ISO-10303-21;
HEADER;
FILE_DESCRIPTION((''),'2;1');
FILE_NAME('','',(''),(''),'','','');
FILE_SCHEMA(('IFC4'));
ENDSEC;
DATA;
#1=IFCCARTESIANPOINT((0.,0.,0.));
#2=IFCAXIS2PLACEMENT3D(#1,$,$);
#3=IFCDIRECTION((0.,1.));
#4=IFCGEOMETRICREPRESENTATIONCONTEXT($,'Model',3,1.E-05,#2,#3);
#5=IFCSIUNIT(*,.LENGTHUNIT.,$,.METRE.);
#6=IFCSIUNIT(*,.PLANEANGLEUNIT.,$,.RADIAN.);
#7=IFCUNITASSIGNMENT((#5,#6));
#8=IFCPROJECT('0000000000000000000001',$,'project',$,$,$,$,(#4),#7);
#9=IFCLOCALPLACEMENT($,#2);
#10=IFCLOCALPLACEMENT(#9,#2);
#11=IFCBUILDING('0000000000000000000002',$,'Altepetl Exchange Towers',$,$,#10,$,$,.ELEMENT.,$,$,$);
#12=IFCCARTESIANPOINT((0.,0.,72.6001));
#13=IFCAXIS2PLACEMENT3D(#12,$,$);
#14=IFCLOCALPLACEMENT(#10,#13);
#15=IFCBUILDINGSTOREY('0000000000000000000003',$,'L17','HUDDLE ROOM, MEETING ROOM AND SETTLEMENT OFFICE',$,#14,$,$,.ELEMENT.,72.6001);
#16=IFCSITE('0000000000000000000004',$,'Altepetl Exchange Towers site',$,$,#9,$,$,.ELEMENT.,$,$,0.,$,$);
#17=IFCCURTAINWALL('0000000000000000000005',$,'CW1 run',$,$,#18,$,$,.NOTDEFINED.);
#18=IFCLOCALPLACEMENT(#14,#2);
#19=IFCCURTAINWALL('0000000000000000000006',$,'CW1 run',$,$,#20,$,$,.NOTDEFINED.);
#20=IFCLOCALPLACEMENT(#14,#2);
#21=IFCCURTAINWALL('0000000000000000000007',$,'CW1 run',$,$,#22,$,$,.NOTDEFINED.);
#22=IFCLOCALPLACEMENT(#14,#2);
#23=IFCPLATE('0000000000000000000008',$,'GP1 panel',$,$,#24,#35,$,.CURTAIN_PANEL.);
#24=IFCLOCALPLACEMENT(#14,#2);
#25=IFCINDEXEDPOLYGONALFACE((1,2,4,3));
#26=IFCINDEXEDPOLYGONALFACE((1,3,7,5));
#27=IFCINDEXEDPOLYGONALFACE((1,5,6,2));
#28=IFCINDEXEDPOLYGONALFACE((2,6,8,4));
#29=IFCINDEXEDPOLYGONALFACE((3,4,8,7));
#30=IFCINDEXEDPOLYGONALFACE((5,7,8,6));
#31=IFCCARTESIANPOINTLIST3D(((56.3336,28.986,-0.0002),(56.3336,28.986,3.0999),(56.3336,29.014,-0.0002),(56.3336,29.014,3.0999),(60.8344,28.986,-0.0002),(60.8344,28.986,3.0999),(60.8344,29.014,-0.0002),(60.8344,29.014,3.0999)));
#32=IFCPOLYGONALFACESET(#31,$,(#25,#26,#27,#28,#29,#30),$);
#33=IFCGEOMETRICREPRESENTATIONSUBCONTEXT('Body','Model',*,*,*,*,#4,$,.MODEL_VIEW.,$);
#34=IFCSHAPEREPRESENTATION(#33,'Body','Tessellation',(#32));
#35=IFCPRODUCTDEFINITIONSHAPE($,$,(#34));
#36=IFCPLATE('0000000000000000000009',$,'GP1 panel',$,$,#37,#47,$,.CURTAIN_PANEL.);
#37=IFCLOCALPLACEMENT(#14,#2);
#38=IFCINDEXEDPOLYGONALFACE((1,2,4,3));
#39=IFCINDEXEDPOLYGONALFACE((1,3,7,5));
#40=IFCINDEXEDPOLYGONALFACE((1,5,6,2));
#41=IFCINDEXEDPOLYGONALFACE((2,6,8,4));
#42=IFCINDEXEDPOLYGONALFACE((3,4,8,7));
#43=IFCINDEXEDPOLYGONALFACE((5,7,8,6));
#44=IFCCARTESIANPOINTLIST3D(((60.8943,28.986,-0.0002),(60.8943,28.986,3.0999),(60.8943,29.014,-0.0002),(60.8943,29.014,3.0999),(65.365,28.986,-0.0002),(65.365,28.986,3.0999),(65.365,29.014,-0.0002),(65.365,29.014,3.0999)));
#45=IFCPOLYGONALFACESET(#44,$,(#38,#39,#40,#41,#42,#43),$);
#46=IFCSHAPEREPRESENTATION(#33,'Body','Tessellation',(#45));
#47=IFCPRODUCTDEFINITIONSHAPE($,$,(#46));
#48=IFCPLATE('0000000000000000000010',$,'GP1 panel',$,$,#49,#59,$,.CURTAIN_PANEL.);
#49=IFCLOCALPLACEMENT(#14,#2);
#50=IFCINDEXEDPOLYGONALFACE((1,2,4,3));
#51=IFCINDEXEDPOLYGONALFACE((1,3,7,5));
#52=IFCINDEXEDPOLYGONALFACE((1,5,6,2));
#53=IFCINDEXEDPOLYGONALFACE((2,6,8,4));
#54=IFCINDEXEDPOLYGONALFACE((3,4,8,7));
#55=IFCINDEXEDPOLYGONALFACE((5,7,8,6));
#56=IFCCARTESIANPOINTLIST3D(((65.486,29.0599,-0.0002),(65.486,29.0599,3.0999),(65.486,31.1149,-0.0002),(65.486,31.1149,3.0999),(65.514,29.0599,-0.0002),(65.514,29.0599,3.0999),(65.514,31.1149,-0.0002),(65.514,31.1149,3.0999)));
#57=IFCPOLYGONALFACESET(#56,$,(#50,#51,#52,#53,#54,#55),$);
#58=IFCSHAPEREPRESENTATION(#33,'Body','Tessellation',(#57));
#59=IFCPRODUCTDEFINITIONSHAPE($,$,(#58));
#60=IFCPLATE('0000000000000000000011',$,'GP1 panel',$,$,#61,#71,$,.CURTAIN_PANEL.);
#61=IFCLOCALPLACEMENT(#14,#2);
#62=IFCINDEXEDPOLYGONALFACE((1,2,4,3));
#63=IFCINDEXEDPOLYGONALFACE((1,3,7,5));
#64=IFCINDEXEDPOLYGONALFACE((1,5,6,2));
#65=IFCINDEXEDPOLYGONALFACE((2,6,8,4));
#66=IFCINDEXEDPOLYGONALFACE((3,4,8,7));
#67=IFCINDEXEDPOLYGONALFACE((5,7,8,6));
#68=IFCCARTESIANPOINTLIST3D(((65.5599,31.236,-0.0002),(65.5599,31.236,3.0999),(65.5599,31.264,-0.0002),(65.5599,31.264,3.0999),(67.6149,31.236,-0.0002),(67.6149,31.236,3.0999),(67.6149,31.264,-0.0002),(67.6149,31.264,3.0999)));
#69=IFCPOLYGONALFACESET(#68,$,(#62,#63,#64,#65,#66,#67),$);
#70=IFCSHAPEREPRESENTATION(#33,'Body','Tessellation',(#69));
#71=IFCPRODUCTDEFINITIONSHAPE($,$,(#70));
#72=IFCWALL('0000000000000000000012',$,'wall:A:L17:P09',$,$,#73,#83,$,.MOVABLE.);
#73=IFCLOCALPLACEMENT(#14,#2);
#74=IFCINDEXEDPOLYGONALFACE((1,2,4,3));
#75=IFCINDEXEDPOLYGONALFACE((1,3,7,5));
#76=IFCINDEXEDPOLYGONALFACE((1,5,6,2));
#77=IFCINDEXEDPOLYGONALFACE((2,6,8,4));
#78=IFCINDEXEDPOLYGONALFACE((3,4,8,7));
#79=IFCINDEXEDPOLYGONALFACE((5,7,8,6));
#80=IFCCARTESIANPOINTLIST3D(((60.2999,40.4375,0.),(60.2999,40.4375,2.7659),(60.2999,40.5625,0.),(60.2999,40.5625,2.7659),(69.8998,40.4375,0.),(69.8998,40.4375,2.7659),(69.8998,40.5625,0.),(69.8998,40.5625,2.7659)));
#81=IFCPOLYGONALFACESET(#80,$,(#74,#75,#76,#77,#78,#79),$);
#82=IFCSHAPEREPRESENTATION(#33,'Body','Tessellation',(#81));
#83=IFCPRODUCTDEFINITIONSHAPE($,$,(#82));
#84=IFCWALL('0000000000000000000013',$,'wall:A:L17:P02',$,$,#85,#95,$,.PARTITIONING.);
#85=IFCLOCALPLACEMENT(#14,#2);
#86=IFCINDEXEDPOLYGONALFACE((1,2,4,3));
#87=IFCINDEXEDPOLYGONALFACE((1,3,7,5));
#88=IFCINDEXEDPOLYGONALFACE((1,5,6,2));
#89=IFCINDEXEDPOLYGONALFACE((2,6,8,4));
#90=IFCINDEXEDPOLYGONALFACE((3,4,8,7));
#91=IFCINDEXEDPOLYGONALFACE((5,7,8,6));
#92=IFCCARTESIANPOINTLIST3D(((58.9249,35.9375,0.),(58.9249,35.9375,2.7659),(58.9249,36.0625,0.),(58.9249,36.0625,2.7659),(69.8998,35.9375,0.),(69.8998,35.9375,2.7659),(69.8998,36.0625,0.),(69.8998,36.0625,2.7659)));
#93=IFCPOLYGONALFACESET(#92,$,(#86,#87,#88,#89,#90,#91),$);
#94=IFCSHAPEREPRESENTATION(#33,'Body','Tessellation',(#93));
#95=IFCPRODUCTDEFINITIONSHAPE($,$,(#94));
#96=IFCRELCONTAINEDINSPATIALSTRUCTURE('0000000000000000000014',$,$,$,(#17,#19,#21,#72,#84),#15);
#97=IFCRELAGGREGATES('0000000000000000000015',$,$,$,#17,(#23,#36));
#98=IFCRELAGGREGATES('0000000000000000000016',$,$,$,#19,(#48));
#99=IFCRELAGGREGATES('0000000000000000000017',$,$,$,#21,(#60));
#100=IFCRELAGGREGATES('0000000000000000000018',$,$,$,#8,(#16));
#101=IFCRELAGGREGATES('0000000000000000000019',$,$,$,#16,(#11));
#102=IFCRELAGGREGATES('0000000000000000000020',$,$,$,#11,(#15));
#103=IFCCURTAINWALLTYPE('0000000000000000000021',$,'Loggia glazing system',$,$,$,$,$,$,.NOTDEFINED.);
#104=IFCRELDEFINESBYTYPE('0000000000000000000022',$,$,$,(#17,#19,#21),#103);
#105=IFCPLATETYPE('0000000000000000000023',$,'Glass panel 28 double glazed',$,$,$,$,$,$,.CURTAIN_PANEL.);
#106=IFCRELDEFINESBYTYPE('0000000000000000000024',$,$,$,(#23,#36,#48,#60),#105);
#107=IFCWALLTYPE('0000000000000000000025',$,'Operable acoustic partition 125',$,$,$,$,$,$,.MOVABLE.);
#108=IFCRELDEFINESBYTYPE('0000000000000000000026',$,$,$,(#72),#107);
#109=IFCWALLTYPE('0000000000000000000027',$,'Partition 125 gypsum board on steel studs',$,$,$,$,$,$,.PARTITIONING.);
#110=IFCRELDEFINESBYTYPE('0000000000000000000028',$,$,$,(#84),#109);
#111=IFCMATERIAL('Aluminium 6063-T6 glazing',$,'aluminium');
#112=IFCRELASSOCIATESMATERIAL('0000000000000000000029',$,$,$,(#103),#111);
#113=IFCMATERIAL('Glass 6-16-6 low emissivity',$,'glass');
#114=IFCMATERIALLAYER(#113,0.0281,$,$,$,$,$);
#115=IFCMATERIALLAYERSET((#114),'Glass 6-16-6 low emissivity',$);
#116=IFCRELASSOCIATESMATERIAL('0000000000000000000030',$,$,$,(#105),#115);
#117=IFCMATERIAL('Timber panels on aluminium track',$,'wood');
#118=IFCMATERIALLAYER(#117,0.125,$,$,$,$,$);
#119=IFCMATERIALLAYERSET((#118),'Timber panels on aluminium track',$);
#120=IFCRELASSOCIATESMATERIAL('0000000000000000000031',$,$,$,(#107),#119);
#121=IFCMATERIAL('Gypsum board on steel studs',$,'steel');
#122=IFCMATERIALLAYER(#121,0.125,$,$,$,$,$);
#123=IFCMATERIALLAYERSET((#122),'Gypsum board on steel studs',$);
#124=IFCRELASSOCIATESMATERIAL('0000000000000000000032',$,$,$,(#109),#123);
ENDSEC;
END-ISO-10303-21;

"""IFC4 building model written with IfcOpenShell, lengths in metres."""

from ifc_helpers import new_model, si_unit, direction, frame, frame_2d, origin, origin_2d, place, context, subcontext, project, spatial, rectangle, extrude, material, layer, layer_set, type_object, element, aggregate, save


model = new_model("IFC4")

# Units and contexts
model_context = context("Model", 3, precision=1e-05, world=origin(), true_north=direction((0.0, 1.0)))
body_context = subcontext(model_context, "Body", "Model", "MODEL_VIEW")
ifc_project = project(units=[si_unit("LENGTHUNIT", "METRE"), si_unit("PLANEANGLEUNIT", "RADIAN")], contexts=[model_context])

# Site, building, storey
site_placement = place(None, origin())
site = spatial("IfcSite", under=ifc_project, at=site_placement, Name="Altepetl Exchange Towers site", CompositionType="ELEMENT", RefElevation=0.0)
building_placement = place(site_placement, origin())
building = spatial("IfcBuilding", under=site, at=building_placement, Name="Altepetl Exchange Towers", CompositionType="ELEMENT")
storey_placement = place(building_placement, frame((0.0, 0.0, 72.6001)))
storey = spatial("IfcBuildingStorey", under=building, at=storey_placement, Name="L17", Description="HUDDLE ROOM, MEETING ROOM AND SETTLEMENT OFFICE", CompositionType="ELEMENT", Elevation=72.6001)

# Curtain walls
ifc_material_1 = material(Name="Aluminium 6063-T6 glazing", Category="aluminium")
curtain_wall_type = type_object("IfcCurtainWallType", Name="Loggia glazing system", PredefinedType="NOTDEFINED", material=ifc_material_1)
curtain_wall_1_placement = place(storey_placement, origin())
curtain_wall_1 = element("IfcCurtainWall", 1, at=curtain_wall_1_placement, inside=storey, type_object=curtain_wall_type, Name="CW1 run", PredefinedType="NOTDEFINED")
curtain_wall_2_placement = place(storey_placement, origin())
curtain_wall_2 = element("IfcCurtainWall", 2, at=curtain_wall_2_placement, inside=storey, type_object=curtain_wall_type, Name="CW1 run", PredefinedType="NOTDEFINED")

# Curtain wall
curtain_wall_3_placement = place(storey_placement, origin())
curtain_wall_3 = element("IfcCurtainWall", 3, at=curtain_wall_3_placement, inside=storey, type_object=curtain_wall_type, Name="CW1 run", PredefinedType="NOTDEFINED")

# Plates
ifc_material_2 = material(Name="Glass 6-16-6 low emissivity", Category="glass")
ifc_layer_1 = layer(ifc_material_2, 0.0281)
ifc_layer_set_1 = layer_set([ifc_layer_1], Name="Glass 6-16-6 low emissivity")
plate_type = type_object("IfcPlateType", Name="Glass panel 28 double glazed", PredefinedType="CURTAIN_PANEL", material=ifc_layer_set_1)
plate_1_placement = place(storey_placement, frame((58.584, 29.0, -0.0002)))
plate_1 = element("IfcPlate", 4, at=plate_1_placement, type_object=plate_type, Name="GP1 panel", PredefinedType="CURTAIN_PANEL", context=body_context, shape_type="SweptSolid", body=[
    extrude(rectangle(XDim=4.5007, YDim=0.0281, at=origin_2d()), origin(), (0.0, 0.0, 1.0), 3.1001),
])
plate_2_placement = place(storey_placement, frame((63.1296, 29.0, -0.0002)))
plate_2 = element("IfcPlate", 5, at=plate_2_placement, type_object=plate_type, Name="GP1 panel", PredefinedType="CURTAIN_PANEL", context=body_context, shape_type="SweptSolid", body=[
    extrude(rectangle(XDim=4.4707, YDim=0.0281, at=origin_2d()), origin(), (0.0, 0.0, 1.0), 3.1001),
])
aggregate(curtain_wall_1, [plate_1, plate_2])
plate_3_placement = place(storey_placement, frame((65.5, 30.0874, -0.0002), z_axis=(0.0, 0.0, 1.0), x_axis=(0.0, 1.0, 0.0)))
plate_3 = element("IfcPlate", 6, at=plate_3_placement, type_object=plate_type, Name="GP1 panel", PredefinedType="CURTAIN_PANEL", context=body_context, shape_type="SweptSolid", body=[
    extrude(rectangle(XDim=2.0549, YDim=0.0281, at=origin_2d()), origin(), (0.0, 0.0, 1.0), 3.1001),
])
aggregate(curtain_wall_2, [plate_3])
plate_4_placement = place(storey_placement, frame((66.5874, 31.25, -0.0002)))
plate_4 = element("IfcPlate", 7, at=plate_4_placement, type_object=plate_type, Name="GP1 panel", PredefinedType="CURTAIN_PANEL", context=body_context, shape_type="SweptSolid", body=[
    extrude(rectangle(XDim=2.0549, YDim=0.0281, at=origin_2d()), origin(), (0.0, 0.0, 1.0), 3.1001),
])
aggregate(curtain_wall_3, [plate_4])

# Walls
ifc_material_3 = material(Name="Timber panels on aluminium track", Category="wood")
ifc_layer_2 = layer(ifc_material_3, 0.125)
ifc_layer_set_2 = layer_set([ifc_layer_2], Name="Timber panels on aluminium track")
wall_type_1 = type_object("IfcWallType", Name="Operable acoustic partition 125", PredefinedType="MOVABLE", material=ifc_layer_set_2)
wall_1_placement = place(storey_placement, frame((60.3, 40.5, 0.0)))
element("IfcWall", 8, at=wall_1_placement, inside=storey, type_object=wall_type_1, Name="wall:A:L17:P09", PredefinedType="MOVABLE", context=body_context, shape_type="SweptSolid", body=[
    extrude(rectangle(XDim=9.5999, YDim=0.125, at=frame_2d((4.7998, 0.0))), origin(), (0.0, 0.0, 1.0), 2.7659),
])
ifc_material_4 = material(Name="Gypsum board on steel studs", Category="steel")
ifc_layer_3 = layer(ifc_material_4, 0.125)
ifc_layer_set_3 = layer_set([ifc_layer_3], Name="Gypsum board on steel studs")
wall_type_2 = type_object("IfcWallType", Name="Partition 125 gypsum board on steel studs", PredefinedType="PARTITIONING", material=ifc_layer_set_3)
wall_2_placement = place(storey_placement, frame((58.925, 36.0, 0.0)))
element("IfcWall", 9, at=wall_2_placement, inside=storey, type_object=wall_type_2, Name="wall:A:L17:P02", PredefinedType="PARTITIONING", context=body_context, shape_type="SweptSolid", body=[
    extrude(rectangle(XDim=10.9749, YDim=0.125, at=frame_2d((5.4873, 0.0))), origin(), (0.0, 0.0, 1.0), 2.7659),
])

save(model, "model.ifc")
